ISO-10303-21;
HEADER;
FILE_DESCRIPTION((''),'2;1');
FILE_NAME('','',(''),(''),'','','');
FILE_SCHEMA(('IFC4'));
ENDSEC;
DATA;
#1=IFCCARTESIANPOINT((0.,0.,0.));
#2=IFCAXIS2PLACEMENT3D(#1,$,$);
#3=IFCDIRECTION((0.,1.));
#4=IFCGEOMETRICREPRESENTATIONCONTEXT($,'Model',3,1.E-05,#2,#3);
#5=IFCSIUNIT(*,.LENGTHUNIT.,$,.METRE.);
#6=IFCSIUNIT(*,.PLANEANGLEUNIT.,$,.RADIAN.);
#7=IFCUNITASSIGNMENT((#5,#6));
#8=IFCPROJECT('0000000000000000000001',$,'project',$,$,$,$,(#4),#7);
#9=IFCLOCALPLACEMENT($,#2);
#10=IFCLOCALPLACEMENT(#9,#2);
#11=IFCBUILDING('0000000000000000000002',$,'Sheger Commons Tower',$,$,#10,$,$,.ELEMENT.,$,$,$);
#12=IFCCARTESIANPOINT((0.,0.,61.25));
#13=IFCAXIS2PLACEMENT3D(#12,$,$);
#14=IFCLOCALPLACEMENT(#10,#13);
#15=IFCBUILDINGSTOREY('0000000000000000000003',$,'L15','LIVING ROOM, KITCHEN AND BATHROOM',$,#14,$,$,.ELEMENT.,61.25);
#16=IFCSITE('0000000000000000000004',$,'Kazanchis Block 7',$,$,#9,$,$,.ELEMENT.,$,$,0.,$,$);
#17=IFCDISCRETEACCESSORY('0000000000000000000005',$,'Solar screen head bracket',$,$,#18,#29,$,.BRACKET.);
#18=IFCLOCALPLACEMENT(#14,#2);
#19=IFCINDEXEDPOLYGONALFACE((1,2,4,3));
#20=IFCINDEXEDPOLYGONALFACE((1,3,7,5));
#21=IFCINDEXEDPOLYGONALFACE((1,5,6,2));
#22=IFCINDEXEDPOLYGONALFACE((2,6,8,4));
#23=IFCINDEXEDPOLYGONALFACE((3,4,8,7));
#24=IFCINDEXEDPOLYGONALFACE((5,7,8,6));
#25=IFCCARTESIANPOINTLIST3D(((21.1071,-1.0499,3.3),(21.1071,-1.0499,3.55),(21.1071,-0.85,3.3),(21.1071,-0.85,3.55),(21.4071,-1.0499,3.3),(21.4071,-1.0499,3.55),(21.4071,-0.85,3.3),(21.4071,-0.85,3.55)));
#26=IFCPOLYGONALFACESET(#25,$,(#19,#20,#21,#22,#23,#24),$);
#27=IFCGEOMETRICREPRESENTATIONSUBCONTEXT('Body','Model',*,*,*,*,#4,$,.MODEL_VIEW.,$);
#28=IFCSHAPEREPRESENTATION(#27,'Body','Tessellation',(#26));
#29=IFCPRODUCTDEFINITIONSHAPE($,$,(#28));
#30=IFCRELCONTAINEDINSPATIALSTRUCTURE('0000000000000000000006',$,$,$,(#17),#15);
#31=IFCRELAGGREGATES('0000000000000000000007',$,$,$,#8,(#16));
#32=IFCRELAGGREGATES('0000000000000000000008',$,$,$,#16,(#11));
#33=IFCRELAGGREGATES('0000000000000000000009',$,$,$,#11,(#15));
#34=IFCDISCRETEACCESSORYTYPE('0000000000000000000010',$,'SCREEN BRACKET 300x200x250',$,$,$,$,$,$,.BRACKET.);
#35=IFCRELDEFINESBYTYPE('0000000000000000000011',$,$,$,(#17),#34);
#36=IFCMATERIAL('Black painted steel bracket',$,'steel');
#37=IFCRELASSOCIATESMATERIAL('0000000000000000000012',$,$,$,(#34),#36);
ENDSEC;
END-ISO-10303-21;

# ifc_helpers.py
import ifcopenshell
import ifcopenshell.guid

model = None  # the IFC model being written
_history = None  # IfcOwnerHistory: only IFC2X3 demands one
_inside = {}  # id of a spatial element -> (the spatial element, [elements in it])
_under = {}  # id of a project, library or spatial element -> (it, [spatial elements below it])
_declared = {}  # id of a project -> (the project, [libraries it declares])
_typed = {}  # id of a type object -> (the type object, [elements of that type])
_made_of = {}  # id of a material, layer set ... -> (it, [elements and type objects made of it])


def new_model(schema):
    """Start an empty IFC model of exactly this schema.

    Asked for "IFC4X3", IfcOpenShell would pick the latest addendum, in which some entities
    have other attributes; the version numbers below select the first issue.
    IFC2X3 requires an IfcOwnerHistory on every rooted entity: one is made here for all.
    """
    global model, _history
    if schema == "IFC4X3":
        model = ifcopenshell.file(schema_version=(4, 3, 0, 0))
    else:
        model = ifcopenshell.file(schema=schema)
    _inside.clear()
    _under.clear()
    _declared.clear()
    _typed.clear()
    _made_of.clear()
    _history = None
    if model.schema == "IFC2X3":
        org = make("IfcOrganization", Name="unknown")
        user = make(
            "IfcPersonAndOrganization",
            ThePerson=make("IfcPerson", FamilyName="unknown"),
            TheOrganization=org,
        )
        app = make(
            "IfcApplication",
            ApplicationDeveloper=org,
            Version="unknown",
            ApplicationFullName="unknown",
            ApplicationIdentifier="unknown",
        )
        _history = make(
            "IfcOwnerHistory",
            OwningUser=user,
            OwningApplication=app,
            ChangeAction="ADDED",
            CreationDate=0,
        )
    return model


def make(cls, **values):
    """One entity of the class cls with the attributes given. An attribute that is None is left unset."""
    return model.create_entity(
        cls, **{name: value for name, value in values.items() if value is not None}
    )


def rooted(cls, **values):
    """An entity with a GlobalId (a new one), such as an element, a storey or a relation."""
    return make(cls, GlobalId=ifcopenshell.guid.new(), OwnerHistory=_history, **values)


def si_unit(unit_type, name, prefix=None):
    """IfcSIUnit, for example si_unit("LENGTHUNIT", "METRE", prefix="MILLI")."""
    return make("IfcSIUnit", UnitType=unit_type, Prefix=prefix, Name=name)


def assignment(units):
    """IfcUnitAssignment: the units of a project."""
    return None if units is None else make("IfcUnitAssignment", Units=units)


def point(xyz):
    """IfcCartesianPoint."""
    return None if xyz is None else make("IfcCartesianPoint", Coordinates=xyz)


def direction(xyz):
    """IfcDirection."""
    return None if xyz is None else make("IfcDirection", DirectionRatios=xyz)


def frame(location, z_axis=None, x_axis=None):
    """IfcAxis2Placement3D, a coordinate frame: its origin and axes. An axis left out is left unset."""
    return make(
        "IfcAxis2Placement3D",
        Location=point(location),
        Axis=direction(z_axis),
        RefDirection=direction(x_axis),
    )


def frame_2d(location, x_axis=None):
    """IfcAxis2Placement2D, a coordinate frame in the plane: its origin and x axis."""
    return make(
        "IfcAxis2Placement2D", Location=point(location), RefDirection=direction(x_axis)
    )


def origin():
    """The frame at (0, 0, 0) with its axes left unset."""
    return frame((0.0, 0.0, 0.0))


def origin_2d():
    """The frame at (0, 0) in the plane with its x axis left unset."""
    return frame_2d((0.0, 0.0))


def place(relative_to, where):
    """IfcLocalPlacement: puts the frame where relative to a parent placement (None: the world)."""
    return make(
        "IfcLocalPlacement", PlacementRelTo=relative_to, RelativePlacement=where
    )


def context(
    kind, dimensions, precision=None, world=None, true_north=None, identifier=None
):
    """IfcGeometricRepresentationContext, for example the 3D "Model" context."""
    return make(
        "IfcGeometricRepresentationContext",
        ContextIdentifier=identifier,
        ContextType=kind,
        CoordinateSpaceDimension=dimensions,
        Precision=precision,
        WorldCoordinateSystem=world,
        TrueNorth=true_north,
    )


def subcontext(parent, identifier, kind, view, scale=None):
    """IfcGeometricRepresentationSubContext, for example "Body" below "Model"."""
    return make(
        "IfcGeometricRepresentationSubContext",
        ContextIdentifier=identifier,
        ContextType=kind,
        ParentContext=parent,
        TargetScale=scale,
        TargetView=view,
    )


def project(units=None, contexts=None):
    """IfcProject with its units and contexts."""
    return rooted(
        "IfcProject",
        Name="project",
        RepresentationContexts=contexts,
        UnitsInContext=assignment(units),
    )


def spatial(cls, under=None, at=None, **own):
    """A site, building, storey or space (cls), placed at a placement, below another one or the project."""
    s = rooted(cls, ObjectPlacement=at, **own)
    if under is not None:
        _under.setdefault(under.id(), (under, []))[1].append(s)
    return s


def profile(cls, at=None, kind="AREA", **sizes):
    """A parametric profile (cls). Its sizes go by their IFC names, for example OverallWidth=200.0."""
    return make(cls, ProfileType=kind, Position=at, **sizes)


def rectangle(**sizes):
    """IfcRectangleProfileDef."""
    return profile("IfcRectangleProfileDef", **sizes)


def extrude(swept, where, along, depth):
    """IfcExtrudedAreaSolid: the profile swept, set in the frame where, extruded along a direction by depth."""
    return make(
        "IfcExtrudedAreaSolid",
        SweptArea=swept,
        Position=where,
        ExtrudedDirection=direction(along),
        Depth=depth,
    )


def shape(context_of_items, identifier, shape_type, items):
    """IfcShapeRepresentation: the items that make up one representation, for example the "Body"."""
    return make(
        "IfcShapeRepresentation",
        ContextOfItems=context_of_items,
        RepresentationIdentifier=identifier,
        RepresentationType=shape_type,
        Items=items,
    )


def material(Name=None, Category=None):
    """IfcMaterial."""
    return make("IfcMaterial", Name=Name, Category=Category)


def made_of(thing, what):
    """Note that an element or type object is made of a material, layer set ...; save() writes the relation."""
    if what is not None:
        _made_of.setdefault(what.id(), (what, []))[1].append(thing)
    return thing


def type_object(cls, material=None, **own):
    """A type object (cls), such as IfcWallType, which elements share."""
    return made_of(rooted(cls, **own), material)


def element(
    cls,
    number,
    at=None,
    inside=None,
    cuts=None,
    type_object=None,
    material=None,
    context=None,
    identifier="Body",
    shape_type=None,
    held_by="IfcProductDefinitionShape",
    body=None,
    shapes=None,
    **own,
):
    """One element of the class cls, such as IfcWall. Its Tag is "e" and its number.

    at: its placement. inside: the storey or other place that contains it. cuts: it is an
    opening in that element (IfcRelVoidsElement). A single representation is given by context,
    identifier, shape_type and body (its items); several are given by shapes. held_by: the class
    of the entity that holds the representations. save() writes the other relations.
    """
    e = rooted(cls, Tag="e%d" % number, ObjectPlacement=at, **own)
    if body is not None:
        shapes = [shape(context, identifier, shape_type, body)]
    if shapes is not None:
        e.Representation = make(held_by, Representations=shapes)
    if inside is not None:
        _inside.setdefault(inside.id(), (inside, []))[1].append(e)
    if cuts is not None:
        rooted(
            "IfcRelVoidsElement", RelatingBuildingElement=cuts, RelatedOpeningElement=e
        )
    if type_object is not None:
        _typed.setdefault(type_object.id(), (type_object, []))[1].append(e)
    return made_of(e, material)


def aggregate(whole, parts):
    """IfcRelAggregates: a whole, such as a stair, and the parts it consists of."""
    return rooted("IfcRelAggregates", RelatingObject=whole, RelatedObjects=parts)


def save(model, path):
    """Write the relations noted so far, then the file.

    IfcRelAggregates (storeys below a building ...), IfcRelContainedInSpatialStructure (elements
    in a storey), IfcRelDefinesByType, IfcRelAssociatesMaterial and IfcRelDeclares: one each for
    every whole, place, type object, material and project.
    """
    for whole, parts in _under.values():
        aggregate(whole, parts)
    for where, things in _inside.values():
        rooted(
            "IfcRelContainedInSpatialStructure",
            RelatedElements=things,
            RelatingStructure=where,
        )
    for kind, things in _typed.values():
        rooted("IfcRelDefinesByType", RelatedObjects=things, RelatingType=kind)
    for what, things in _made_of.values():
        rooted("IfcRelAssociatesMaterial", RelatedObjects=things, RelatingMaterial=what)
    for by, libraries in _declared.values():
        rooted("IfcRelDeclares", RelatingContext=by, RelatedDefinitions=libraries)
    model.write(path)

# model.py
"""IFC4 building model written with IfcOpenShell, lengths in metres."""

from ifc_helpers import new_model, si_unit, direction, frame, origin, origin_2d, place, context, subcontext, project, spatial, rectangle, extrude, material, type_object, element, save


model = new_model("IFC4")

# Units and contexts
model_context = context("Model", 3, precision=1e-05, world=origin(), true_north=direction((0.0, 1.0)))
body_context = subcontext(model_context, "Body", "Model", "MODEL_VIEW")
ifc_project = project(units=[si_unit("LENGTHUNIT", "METRE"), si_unit("PLANEANGLEUNIT", "RADIAN")], contexts=[model_context])

# Site, building, storey
site_placement = place(None, origin())
site = spatial("IfcSite", under=ifc_project, at=site_placement, Name="Kazanchis Block 7", CompositionType="ELEMENT", RefElevation=0.0)
building_placement = place(site_placement, origin())
building = spatial("IfcBuilding", under=site, at=building_placement, Name="Sheger Commons Tower", CompositionType="ELEMENT")
storey_placement = place(building_placement, frame((0.0, 0.0, 61.25)))
storey = spatial("IfcBuildingStorey", under=building, at=storey_placement, Name="L15", Description="LIVING ROOM, KITCHEN AND BATHROOM", CompositionType="ELEMENT", Elevation=61.25)

# Discrete accessory
ifc_material_1 = material(Name="Black painted steel bracket", Category="steel")
discrete_accessory_type = type_object("IfcDiscreteAccessoryType", Name="SCREEN BRACKET 300x200x250", PredefinedType="BRACKET", material=ifc_material_1)
for number, where, z_axis, x_axis, name in (
    (1, (21.2571, -0.95, 3.3), (0.0, 0.0, 1.0), (1.0, 0.0, 0.0), "Solar screen head bracket"),
):
    element("IfcDiscreteAccessory", number, at=place(storey_placement, frame(where, z_axis=z_axis, x_axis=x_axis)), inside=storey, type_object=discrete_accessory_type, Name=name, PredefinedType="BRACKET", context=body_context, shape_type="SweptSolid", body=[
        extrude(rectangle(XDim=0.3, YDim=0.2, at=origin_2d()), origin(), (0.0, 0.0, 1.0), 0.25),
    ])

save(model, "model.ifc")
